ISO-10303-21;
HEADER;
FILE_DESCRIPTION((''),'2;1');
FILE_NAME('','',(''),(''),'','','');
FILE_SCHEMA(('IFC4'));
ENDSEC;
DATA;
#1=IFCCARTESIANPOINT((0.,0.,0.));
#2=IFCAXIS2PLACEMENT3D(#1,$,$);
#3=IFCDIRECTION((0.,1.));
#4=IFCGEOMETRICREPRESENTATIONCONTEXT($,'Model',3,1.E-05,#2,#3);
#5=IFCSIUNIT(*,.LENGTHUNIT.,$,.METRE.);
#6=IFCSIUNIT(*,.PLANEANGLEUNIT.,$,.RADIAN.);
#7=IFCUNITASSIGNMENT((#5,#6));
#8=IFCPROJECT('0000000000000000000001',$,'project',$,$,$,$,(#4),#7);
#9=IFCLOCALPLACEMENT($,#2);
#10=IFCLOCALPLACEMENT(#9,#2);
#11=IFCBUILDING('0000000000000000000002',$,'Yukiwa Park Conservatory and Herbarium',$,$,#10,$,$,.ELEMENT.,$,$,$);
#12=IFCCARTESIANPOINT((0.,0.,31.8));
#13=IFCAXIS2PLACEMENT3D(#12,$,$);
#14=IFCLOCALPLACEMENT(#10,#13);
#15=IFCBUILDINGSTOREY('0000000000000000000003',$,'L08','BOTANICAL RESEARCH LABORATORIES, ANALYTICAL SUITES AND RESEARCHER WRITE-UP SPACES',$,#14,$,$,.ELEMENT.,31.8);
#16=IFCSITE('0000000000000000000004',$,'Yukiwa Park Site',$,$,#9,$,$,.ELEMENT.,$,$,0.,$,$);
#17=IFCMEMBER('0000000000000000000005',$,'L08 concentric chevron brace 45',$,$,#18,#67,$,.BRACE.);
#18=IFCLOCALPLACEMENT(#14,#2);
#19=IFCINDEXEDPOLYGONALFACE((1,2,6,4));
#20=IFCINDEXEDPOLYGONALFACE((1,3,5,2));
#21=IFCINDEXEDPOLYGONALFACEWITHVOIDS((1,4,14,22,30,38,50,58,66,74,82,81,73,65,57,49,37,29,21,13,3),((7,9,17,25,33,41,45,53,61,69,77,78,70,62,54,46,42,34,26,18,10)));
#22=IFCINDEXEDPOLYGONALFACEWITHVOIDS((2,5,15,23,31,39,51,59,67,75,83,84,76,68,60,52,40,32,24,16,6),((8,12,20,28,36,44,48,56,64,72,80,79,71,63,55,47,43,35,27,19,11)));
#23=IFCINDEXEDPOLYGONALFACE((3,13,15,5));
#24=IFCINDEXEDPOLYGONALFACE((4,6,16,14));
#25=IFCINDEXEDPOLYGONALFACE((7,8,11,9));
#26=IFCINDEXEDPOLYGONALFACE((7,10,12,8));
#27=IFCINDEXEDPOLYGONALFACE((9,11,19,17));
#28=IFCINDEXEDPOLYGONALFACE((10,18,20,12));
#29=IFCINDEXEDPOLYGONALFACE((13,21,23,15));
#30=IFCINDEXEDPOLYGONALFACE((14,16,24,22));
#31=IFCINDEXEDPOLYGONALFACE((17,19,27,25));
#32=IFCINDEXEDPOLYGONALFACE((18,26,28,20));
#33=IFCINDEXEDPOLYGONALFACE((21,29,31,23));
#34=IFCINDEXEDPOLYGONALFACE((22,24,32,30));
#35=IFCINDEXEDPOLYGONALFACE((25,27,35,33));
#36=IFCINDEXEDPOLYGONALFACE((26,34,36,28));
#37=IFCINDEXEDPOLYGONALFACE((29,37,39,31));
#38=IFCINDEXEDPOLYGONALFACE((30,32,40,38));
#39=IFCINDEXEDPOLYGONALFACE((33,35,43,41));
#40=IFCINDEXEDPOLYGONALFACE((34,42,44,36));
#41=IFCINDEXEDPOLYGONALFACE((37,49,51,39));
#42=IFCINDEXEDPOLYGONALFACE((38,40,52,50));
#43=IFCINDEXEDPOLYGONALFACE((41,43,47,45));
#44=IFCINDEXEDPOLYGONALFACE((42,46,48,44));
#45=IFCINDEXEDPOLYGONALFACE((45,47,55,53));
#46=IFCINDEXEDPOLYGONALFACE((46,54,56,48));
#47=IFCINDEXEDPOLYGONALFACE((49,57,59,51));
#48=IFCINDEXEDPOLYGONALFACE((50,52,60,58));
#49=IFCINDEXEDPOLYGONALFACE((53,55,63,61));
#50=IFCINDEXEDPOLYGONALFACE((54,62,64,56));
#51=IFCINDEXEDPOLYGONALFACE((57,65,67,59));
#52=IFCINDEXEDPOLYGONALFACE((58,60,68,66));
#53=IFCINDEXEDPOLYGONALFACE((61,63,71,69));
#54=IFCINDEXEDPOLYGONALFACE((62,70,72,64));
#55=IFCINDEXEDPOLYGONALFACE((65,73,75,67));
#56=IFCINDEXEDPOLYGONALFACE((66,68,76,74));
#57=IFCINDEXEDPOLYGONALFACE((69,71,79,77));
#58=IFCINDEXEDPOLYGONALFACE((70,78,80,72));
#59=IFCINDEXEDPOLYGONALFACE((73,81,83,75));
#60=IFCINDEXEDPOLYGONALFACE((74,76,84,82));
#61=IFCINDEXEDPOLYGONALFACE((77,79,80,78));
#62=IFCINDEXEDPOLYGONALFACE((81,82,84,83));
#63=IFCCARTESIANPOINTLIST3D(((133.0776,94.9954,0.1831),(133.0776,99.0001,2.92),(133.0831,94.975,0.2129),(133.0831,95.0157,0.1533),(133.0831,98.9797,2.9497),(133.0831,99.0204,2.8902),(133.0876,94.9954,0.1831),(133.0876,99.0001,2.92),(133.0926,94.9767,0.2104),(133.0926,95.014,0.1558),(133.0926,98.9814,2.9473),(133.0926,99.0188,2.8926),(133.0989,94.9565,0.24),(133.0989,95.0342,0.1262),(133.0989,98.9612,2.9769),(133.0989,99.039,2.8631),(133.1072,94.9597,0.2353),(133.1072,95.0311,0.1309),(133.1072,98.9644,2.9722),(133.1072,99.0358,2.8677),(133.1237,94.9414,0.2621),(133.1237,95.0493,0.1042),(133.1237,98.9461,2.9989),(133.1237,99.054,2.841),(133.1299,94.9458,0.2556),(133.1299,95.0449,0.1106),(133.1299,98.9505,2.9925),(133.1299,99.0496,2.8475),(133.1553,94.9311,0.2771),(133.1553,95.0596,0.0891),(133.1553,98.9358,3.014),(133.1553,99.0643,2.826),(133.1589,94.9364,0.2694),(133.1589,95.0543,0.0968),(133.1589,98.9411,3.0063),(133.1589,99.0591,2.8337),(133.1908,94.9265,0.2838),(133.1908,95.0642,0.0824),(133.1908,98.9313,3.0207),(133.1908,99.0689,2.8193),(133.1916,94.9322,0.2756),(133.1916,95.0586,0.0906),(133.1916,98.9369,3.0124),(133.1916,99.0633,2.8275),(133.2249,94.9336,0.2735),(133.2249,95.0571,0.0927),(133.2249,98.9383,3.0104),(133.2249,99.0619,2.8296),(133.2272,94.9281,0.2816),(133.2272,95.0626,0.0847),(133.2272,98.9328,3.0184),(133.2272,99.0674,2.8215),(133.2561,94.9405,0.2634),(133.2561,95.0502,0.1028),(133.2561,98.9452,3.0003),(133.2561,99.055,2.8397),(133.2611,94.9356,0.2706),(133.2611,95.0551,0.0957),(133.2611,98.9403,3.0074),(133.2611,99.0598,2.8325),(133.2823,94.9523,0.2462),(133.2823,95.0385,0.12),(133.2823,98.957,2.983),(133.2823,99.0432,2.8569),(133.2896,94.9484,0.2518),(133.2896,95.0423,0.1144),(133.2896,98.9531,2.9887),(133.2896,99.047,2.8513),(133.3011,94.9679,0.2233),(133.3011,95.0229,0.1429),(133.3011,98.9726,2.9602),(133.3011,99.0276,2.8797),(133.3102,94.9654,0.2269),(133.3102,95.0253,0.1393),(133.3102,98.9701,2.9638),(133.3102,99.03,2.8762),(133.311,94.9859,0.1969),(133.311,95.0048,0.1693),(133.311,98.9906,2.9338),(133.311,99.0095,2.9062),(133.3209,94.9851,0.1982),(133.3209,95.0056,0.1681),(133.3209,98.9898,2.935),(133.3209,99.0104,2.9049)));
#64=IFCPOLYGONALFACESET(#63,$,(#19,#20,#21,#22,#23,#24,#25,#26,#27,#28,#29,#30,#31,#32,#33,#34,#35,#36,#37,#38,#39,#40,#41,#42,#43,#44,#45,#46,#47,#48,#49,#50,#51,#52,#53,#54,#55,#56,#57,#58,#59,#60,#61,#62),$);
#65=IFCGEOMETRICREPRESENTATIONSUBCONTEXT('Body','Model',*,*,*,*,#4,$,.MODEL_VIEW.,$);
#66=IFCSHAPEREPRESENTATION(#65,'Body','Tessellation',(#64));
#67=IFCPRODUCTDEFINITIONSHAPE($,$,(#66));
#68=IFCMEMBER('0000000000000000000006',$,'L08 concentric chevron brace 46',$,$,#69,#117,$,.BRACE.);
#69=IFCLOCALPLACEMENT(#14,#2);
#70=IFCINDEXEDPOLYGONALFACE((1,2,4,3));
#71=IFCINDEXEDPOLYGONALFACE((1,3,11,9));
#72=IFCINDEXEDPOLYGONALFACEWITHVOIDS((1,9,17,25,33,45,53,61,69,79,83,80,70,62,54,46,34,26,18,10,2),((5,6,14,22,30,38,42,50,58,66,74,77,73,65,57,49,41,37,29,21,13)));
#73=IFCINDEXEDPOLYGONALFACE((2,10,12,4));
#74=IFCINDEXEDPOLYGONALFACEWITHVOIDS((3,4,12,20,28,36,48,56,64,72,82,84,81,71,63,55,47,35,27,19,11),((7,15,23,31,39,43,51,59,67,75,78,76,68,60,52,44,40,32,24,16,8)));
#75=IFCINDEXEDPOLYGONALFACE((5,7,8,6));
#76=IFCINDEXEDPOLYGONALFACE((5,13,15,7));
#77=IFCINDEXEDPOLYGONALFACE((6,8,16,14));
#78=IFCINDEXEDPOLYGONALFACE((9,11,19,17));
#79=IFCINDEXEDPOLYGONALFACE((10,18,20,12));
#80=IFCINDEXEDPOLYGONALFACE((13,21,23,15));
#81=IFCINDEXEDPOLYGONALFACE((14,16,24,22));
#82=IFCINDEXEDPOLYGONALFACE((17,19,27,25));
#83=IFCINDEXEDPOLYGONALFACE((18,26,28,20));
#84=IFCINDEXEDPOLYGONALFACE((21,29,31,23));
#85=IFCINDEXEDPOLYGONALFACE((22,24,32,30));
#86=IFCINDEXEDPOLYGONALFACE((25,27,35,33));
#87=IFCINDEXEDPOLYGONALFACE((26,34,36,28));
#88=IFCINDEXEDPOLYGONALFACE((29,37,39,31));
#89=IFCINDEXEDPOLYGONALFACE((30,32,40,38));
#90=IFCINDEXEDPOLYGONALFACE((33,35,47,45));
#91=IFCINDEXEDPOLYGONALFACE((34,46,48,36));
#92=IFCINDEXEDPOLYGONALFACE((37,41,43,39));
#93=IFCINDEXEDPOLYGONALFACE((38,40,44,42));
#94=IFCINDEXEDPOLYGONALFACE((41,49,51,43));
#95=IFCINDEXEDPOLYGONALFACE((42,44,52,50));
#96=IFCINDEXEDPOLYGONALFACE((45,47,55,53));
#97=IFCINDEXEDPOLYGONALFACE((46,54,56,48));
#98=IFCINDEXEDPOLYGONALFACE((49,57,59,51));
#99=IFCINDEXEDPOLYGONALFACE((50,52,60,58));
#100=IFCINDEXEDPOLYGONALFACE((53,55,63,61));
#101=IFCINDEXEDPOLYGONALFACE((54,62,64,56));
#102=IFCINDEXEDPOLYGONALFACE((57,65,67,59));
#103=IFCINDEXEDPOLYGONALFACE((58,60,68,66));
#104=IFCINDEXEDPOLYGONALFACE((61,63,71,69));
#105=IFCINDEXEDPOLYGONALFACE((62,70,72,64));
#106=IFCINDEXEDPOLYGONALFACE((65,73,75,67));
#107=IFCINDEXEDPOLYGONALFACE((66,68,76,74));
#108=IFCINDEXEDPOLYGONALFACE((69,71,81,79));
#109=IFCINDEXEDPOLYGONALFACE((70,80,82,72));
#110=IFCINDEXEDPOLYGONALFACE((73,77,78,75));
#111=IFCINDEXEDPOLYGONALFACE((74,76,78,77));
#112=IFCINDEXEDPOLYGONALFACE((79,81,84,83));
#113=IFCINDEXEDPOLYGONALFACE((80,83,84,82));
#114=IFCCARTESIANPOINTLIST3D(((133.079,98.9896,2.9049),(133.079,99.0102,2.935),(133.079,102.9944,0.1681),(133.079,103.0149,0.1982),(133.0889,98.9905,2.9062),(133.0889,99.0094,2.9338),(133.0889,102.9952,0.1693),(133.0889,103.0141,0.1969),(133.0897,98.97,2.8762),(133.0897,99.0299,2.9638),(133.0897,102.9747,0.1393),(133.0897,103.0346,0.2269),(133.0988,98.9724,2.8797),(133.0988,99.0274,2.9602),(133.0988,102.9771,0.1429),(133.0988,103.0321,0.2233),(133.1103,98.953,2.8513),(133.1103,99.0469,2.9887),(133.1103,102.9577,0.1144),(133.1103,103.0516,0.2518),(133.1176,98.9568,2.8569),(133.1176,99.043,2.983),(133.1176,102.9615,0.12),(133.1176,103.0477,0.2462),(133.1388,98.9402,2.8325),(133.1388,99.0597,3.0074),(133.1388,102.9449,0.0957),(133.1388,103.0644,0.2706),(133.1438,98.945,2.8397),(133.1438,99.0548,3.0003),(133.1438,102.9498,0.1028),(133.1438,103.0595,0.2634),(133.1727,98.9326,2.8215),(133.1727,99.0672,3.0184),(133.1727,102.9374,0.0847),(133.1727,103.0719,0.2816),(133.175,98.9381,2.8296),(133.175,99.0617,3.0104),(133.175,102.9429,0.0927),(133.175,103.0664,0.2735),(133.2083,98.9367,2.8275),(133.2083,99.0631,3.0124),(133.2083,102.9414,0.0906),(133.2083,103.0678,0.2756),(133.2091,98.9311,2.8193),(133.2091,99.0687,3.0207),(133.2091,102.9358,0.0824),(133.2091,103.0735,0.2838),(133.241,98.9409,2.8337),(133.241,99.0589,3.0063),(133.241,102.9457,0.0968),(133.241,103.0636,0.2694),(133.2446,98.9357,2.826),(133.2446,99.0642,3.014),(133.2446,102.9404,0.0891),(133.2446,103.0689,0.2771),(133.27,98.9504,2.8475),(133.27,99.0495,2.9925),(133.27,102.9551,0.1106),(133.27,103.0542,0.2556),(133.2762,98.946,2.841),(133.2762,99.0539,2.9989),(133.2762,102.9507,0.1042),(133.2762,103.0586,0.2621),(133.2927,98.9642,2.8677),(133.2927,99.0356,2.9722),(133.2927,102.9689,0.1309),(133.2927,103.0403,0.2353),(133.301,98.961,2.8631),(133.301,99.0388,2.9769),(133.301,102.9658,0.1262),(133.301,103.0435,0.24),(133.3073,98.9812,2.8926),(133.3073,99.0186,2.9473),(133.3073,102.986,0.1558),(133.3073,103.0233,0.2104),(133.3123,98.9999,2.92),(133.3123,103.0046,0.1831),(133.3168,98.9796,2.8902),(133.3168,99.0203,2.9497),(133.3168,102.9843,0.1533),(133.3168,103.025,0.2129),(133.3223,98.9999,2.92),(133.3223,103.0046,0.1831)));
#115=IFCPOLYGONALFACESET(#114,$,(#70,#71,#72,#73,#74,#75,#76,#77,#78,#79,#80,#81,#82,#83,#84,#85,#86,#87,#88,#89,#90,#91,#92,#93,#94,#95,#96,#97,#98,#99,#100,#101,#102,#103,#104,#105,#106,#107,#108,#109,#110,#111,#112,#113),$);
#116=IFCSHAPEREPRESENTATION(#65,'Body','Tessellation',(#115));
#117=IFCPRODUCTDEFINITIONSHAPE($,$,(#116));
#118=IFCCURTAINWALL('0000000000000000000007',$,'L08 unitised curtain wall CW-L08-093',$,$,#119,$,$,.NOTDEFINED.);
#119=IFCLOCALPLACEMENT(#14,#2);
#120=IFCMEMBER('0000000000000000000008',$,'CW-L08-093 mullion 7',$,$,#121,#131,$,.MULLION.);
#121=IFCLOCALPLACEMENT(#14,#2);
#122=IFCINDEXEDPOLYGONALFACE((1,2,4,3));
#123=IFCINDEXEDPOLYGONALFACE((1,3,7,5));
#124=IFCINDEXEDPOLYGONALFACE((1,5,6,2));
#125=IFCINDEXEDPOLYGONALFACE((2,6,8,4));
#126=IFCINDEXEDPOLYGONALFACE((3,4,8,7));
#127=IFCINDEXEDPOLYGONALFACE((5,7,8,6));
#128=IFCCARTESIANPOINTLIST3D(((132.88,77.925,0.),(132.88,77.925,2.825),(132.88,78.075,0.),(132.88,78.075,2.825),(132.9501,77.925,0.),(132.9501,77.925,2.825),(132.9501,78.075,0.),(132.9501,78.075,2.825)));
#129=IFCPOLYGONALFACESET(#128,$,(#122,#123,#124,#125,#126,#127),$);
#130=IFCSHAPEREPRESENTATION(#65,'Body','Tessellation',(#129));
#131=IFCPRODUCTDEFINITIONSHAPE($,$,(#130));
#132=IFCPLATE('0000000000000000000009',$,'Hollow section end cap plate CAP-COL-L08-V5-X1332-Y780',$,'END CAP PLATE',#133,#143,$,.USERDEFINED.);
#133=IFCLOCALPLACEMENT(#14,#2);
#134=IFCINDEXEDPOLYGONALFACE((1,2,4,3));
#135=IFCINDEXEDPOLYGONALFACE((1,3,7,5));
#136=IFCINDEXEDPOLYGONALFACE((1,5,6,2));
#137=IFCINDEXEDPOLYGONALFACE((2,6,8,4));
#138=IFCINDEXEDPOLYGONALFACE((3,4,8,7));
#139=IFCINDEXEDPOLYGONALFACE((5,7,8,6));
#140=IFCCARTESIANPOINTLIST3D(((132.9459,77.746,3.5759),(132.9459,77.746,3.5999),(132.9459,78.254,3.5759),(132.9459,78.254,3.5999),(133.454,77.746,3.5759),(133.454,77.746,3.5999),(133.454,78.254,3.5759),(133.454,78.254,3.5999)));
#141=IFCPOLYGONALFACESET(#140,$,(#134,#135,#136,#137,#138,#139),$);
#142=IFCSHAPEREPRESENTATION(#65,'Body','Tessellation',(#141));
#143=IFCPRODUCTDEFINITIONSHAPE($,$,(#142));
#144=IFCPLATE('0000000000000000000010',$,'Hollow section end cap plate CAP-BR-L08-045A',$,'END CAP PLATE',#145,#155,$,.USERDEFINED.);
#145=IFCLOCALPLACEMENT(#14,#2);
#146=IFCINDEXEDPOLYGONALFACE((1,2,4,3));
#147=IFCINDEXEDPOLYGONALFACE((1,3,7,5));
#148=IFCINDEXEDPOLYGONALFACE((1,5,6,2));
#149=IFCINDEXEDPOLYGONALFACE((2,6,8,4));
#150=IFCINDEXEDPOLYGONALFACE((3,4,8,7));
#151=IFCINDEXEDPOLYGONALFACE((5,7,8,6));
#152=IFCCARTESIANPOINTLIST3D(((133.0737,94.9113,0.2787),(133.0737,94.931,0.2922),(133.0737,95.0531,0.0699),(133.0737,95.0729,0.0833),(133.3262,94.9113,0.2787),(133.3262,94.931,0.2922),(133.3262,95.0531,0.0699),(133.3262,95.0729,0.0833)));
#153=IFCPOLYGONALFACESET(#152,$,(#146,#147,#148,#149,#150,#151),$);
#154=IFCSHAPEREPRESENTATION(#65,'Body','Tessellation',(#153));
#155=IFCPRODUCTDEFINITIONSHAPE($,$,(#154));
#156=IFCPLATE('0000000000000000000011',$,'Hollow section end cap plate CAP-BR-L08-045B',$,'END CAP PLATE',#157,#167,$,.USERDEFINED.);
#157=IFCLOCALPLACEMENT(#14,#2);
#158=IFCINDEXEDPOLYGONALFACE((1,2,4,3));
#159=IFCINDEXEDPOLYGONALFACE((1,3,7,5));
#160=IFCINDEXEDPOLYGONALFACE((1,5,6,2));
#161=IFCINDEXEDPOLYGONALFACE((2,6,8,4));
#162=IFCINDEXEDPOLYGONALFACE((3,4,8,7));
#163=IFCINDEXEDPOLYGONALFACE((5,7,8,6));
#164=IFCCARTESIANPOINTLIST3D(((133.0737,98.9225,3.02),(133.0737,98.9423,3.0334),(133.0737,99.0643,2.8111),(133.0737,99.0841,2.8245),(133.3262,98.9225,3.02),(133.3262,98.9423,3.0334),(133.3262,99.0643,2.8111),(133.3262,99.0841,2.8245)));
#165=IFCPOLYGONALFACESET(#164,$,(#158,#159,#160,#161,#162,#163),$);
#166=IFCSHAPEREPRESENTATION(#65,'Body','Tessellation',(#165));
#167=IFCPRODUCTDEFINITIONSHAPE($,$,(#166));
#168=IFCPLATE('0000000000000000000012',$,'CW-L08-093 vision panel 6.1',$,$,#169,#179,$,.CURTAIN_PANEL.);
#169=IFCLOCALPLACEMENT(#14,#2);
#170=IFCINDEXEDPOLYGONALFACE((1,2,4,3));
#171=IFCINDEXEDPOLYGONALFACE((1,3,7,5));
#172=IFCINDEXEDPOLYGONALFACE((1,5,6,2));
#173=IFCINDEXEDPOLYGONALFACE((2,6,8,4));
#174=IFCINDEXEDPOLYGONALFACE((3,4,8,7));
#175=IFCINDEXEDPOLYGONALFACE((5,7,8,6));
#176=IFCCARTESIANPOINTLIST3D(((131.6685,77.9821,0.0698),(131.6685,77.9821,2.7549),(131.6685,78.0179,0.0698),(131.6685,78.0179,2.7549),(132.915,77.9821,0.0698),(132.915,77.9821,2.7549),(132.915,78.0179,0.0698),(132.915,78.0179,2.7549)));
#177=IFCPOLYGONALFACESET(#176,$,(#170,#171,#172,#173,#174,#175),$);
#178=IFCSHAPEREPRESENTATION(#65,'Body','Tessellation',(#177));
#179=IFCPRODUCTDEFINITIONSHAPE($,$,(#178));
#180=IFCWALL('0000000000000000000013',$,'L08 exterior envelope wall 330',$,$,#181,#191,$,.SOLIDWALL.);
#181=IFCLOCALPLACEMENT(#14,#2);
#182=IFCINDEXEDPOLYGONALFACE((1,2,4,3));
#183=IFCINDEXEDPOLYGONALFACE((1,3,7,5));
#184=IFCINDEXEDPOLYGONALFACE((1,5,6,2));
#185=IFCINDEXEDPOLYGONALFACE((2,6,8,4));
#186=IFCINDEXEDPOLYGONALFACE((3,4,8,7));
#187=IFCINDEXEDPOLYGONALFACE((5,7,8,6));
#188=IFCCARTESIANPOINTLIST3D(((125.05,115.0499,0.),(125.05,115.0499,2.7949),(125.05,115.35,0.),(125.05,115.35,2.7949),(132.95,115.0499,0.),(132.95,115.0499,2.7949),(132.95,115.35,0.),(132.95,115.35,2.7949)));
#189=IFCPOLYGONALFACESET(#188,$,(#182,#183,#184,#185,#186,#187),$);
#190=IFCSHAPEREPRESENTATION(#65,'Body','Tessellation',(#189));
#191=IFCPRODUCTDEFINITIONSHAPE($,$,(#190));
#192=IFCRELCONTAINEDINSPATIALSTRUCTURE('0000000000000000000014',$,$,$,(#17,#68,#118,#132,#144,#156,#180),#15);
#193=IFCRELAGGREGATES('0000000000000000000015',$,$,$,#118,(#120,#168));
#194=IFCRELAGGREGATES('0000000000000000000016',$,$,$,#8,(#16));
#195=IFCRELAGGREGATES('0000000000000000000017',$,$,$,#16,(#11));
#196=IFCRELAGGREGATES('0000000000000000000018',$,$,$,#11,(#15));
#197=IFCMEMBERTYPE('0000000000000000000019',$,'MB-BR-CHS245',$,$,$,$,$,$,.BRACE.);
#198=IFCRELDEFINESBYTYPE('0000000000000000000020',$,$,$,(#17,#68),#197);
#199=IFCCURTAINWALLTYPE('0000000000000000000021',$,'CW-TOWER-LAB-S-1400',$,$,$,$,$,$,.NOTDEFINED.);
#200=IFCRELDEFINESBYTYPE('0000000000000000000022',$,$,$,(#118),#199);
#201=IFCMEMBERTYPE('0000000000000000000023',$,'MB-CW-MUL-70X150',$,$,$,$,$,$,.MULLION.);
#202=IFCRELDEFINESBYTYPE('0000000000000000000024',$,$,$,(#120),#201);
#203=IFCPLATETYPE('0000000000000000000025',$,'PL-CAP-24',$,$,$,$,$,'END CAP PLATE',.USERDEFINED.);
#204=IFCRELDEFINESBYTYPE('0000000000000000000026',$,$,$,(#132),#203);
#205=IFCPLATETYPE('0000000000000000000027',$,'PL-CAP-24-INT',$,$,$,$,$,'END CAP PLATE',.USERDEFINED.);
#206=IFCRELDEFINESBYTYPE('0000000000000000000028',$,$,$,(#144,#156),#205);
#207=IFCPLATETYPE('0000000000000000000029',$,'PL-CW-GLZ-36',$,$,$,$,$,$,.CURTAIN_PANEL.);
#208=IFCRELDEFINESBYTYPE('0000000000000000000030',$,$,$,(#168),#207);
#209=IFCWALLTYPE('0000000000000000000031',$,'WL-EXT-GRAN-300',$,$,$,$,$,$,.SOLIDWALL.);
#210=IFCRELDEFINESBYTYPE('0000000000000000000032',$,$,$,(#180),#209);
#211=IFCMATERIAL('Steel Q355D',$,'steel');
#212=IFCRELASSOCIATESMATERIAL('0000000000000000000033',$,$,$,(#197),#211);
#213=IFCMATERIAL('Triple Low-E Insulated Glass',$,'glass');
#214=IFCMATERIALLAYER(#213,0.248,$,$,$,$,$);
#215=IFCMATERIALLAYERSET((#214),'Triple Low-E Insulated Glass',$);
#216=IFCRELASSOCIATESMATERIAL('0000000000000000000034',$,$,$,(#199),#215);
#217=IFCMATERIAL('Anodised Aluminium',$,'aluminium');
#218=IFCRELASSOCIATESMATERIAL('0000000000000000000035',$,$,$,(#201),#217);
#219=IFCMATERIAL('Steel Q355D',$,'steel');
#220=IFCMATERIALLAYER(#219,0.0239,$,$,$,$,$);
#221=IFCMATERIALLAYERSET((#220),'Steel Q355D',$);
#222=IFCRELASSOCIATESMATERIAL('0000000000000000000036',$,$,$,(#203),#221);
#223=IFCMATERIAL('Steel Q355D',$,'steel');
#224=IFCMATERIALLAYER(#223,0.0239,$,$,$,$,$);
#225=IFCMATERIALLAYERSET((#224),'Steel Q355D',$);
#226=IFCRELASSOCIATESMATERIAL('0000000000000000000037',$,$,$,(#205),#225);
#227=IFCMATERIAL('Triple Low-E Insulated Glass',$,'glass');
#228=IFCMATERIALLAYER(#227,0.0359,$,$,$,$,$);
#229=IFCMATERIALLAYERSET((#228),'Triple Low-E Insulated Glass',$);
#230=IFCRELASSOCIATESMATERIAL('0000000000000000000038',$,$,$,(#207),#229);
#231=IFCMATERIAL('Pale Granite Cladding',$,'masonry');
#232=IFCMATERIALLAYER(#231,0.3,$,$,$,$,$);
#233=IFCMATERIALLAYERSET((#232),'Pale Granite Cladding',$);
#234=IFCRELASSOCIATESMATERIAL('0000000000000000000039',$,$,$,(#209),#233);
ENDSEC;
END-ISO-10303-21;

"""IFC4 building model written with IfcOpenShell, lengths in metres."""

from ifc_helpers import new_model, si_unit, direction, frame, frame_2d, origin, origin_2d, place, context, subcontext, project, spatial, rectangle, hollow_circle, extrude, material, layer, layer_set, material_profile, profile_set, type_object, element, aggregate, save


model = new_model("IFC4")

# Units and contexts
model_context = context("Model", 3, precision=1e-05, world=origin(), true_north=direction((0.0, 1.0)))
body_context = subcontext(model_context, "Body", "Model", "MODEL_VIEW")
ifc_project = project(units=[si_unit("LENGTHUNIT", "METRE"), si_unit("PLANEANGLEUNIT", "RADIAN")], contexts=[model_context])

# Site, building, storey
site_placement = place(None, origin())
site = spatial("IfcSite", under=ifc_project, at=site_placement, Name="Yukiwa Park Site", CompositionType="ELEMENT", RefElevation=0.0)
building_placement = place(site_placement, origin())
building = spatial("IfcBuilding", under=site, at=building_placement, Name="Yukiwa Park Conservatory and Herbarium", CompositionType="ELEMENT")
storey_placement = place(building_placement, frame((0.0, 0.0, 31.8)))
storey = spatial("IfcBuildingStorey", under=building, at=storey_placement, Name="L08", Description="BOTANICAL RESEARCH LABORATORIES, ANALYTICAL SUITES AND RESEARCHER WRITE-UP SPACES", CompositionType="ELEMENT", Elevation=31.8)

# Members
ifc_material_1 = material(Name="Steel Q355D", Category="steel")
ifc_material_profile_1 = material_profile(ifc_material_1, hollow_circle(Radius=0.1223, WallThickness=0.01, at=origin_2d()), Name="CHS 244.5x10")
ifc_profile_set_1 = profile_set([ifc_material_profile_1], Name="Steel Q355D")
member_type_1 = type_object("IfcMemberType", Name="MB-BR-CHS245", PredefinedType="BRACE", material=ifc_profile_set_1)
for number, where, z_axis, x_axis, name in (
    (1, (133.2, 94.9954, 0.1831), (0.0, 0.825615, 0.564235), (-1.0, 0.0, 0.0), "L08 concentric chevron brace 45"),
    (2, (133.2, 103.0046, 0.1831), (0.0, -0.825615, 0.564235), (1.0, 0.0, 0.0), "L08 concentric chevron brace 46"),
):
    element("IfcMember", number, at=place(storey_placement, frame(where, z_axis=z_axis, x_axis=x_axis)), inside=storey, type_object=member_type_1, Name=name, PredefinedType="BRACE", context=body_context, shape_type="SweptSolid", body=[
        extrude(hollow_circle(Radius=0.1223, WallThickness=0.01, at=origin_2d()), origin(), (0.0, 0.0, 1.0), 4.8506),
    ])

# Curtain wall, member
ifc_material_2 = material(Name="Triple Low-E Insulated Glass", Category="glass")
ifc_layer_1 = layer(ifc_material_2, 0.248)
ifc_layer_set_1 = layer_set([ifc_layer_1], Name="Triple Low-E Insulated Glass")
curtain_wall_type = type_object("IfcCurtainWallType", Name="CW-TOWER-LAB-S-1400", PredefinedType="NOTDEFINED", material=ifc_layer_set_1)
curtain_wall_placement = place(storey_placement, origin())
curtain_wall = element("IfcCurtainWall", 3, at=curtain_wall_placement, inside=storey, type_object=curtain_wall_type, Name="L08 unitised curtain wall CW-L08-093", PredefinedType="NOTDEFINED")
ifc_material_3 = material(Name="Anodised Aluminium", Category="aluminium")
member_type_2 = type_object("IfcMemberType", Name="MB-CW-MUL-70X150", PredefinedType="MULLION", material=ifc_material_3)
member_placement = place(storey_placement, frame((132.915, 78.0, 0.0), z_axis=(0.0, 0.0, 1.0), x_axis=(1.0, 0.0, 0.0)))
member = element("IfcMember", 4, at=member_placement, type_object=member_type_2, Name="CW-L08-093 mullion 7", PredefinedType="MULLION", context=body_context, shape_type="SweptSolid", body=[
    extrude(rectangle(XDim=0.0701, YDim=0.1499, at=origin_2d()), origin(), (0.0, 0.0, 1.0), 2.825),
])

# Plates
ifc_material_4 = material(Name="Steel Q355D", Category="steel")
ifc_layer_2 = layer(ifc_material_4, 0.0239)
ifc_layer_set_2 = layer_set([ifc_layer_2], Name="Steel Q355D")
plate_type_1 = type_object("IfcPlateType", Name="PL-CAP-24", ElementType="END CAP PLATE", PredefinedType="USERDEFINED", material=ifc_layer_set_2)
plate_1_placement = place(storey_placement, frame((133.2, 78.0, 3.5759), z_axis=(0.0, 0.0, 1.0), x_axis=(1.0, 0.0, 0.0)))
element("IfcPlate", 5, at=plate_1_placement, inside=storey, type_object=plate_type_1, Name="Hollow section end cap plate CAP-COL-L08-V5-X1332-Y780", ObjectType="END CAP PLATE", PredefinedType="USERDEFINED", context=body_context, shape_type="SweptSolid", body=[
    extrude(rectangle(XDim=0.5081, YDim=0.5081, at=origin_2d()), origin(), (0.0, 0.0, 1.0), 0.0239),
])
ifc_material_5 = material(Name="Steel Q355D", Category="steel")
ifc_layer_3 = layer(ifc_material_5, 0.0239)
ifc_layer_set_3 = layer_set([ifc_layer_3], Name="Steel Q355D")
plate_type_2 = type_object("IfcPlateType", Name="PL-CAP-24-INT", ElementType="END CAP PLATE", PredefinedType="USERDEFINED", material=ifc_layer_set_3)
for number, where, z_axis, x_axis, name in (
    (6, (133.2, 95.002, 0.1877), (0.0, -0.827306, -0.561751), (1.0, 0.0, 0.0), "Hollow section end cap plate CAP-BR-L08-045A"),
    (7, (133.2, 98.9934, 2.9155), (0.0, 0.827306, 0.561751), (-1.0, 0.0, 0.0), "Hollow section end cap plate CAP-BR-L08-045B"),
):
    element("IfcPlate", number, at=place(storey_placement, frame(where, z_axis=z_axis, x_axis=x_axis)), inside=storey, type_object=plate_type_2, Name=name, ObjectType="END CAP PLATE", PredefinedType="USERDEFINED", context=body_context, shape_type="SweptSolid", body=[
        extrude(rectangle(XDim=0.2524, YDim=0.2524, at=origin_2d()), origin(), (0.0, 0.0, 1.0), 0.0239),
    ])

# Plate
ifc_material_6 = material(Name="Triple Low-E Insulated Glass", Category="glass")
ifc_layer_4 = layer(ifc_material_6, 0.0359)
ifc_layer_set_4 = layer_set([ifc_layer_4], Name="Triple Low-E Insulated Glass")
plate_type_3 = type_object("IfcPlateType", Name="PL-CW-GLZ-36", PredefinedType="CURTAIN_PANEL", material=ifc_layer_set_4)
plate_2_placement = place(storey_placement, frame((132.2917, 78.0, 0.0698), z_axis=(0.0, 0.0, 1.0), x_axis=(1.0, 0.0, 0.0)))
plate_2 = element("IfcPlate", 8, at=plate_2_placement, type_object=plate_type_3, Name="CW-L08-093 vision panel 6.1", PredefinedType="CURTAIN_PANEL", context=body_context, shape_type="SweptSolid", body=[
    extrude(rectangle(XDim=1.2466, YDim=0.0359, at=origin_2d()), origin(), (0.0, 0.0, 1.0), 2.6851),
])
aggregate(curtain_wall, [member, plate_2])

# Wall
ifc_material_7 = material(Name="Pale Granite Cladding", Category="masonry")
ifc_layer_5 = layer(ifc_material_7, 0.3)
ifc_layer_set_5 = layer_set([ifc_layer_5], Name="Pale Granite Cladding")
wall_type_1 = type_object("IfcWallType", Name="WL-EXT-GRAN-300", PredefinedType="SOLIDWALL", material=ifc_layer_set_5)
wall_1_placement = place(storey_placement, frame((132.95, 115.2, 0.0), z_axis=(0.0, 0.0, 1.0), x_axis=(-1.0, 0.0, 0.0)))
element("IfcWall", 9, at=wall_1_placement, inside=storey, type_object=wall_type_1, Name="L08 exterior envelope wall 330", PredefinedType="SOLIDWALL", context=body_context, shape_type="SweptSolid", body=[
    extrude(rectangle(XDim=7.8999, YDim=0.3, at=frame_2d((3.95, 0.0))), origin(), (0.0, 0.0, 1.0), 2.7949),
])

save(model, "model.ifc")
